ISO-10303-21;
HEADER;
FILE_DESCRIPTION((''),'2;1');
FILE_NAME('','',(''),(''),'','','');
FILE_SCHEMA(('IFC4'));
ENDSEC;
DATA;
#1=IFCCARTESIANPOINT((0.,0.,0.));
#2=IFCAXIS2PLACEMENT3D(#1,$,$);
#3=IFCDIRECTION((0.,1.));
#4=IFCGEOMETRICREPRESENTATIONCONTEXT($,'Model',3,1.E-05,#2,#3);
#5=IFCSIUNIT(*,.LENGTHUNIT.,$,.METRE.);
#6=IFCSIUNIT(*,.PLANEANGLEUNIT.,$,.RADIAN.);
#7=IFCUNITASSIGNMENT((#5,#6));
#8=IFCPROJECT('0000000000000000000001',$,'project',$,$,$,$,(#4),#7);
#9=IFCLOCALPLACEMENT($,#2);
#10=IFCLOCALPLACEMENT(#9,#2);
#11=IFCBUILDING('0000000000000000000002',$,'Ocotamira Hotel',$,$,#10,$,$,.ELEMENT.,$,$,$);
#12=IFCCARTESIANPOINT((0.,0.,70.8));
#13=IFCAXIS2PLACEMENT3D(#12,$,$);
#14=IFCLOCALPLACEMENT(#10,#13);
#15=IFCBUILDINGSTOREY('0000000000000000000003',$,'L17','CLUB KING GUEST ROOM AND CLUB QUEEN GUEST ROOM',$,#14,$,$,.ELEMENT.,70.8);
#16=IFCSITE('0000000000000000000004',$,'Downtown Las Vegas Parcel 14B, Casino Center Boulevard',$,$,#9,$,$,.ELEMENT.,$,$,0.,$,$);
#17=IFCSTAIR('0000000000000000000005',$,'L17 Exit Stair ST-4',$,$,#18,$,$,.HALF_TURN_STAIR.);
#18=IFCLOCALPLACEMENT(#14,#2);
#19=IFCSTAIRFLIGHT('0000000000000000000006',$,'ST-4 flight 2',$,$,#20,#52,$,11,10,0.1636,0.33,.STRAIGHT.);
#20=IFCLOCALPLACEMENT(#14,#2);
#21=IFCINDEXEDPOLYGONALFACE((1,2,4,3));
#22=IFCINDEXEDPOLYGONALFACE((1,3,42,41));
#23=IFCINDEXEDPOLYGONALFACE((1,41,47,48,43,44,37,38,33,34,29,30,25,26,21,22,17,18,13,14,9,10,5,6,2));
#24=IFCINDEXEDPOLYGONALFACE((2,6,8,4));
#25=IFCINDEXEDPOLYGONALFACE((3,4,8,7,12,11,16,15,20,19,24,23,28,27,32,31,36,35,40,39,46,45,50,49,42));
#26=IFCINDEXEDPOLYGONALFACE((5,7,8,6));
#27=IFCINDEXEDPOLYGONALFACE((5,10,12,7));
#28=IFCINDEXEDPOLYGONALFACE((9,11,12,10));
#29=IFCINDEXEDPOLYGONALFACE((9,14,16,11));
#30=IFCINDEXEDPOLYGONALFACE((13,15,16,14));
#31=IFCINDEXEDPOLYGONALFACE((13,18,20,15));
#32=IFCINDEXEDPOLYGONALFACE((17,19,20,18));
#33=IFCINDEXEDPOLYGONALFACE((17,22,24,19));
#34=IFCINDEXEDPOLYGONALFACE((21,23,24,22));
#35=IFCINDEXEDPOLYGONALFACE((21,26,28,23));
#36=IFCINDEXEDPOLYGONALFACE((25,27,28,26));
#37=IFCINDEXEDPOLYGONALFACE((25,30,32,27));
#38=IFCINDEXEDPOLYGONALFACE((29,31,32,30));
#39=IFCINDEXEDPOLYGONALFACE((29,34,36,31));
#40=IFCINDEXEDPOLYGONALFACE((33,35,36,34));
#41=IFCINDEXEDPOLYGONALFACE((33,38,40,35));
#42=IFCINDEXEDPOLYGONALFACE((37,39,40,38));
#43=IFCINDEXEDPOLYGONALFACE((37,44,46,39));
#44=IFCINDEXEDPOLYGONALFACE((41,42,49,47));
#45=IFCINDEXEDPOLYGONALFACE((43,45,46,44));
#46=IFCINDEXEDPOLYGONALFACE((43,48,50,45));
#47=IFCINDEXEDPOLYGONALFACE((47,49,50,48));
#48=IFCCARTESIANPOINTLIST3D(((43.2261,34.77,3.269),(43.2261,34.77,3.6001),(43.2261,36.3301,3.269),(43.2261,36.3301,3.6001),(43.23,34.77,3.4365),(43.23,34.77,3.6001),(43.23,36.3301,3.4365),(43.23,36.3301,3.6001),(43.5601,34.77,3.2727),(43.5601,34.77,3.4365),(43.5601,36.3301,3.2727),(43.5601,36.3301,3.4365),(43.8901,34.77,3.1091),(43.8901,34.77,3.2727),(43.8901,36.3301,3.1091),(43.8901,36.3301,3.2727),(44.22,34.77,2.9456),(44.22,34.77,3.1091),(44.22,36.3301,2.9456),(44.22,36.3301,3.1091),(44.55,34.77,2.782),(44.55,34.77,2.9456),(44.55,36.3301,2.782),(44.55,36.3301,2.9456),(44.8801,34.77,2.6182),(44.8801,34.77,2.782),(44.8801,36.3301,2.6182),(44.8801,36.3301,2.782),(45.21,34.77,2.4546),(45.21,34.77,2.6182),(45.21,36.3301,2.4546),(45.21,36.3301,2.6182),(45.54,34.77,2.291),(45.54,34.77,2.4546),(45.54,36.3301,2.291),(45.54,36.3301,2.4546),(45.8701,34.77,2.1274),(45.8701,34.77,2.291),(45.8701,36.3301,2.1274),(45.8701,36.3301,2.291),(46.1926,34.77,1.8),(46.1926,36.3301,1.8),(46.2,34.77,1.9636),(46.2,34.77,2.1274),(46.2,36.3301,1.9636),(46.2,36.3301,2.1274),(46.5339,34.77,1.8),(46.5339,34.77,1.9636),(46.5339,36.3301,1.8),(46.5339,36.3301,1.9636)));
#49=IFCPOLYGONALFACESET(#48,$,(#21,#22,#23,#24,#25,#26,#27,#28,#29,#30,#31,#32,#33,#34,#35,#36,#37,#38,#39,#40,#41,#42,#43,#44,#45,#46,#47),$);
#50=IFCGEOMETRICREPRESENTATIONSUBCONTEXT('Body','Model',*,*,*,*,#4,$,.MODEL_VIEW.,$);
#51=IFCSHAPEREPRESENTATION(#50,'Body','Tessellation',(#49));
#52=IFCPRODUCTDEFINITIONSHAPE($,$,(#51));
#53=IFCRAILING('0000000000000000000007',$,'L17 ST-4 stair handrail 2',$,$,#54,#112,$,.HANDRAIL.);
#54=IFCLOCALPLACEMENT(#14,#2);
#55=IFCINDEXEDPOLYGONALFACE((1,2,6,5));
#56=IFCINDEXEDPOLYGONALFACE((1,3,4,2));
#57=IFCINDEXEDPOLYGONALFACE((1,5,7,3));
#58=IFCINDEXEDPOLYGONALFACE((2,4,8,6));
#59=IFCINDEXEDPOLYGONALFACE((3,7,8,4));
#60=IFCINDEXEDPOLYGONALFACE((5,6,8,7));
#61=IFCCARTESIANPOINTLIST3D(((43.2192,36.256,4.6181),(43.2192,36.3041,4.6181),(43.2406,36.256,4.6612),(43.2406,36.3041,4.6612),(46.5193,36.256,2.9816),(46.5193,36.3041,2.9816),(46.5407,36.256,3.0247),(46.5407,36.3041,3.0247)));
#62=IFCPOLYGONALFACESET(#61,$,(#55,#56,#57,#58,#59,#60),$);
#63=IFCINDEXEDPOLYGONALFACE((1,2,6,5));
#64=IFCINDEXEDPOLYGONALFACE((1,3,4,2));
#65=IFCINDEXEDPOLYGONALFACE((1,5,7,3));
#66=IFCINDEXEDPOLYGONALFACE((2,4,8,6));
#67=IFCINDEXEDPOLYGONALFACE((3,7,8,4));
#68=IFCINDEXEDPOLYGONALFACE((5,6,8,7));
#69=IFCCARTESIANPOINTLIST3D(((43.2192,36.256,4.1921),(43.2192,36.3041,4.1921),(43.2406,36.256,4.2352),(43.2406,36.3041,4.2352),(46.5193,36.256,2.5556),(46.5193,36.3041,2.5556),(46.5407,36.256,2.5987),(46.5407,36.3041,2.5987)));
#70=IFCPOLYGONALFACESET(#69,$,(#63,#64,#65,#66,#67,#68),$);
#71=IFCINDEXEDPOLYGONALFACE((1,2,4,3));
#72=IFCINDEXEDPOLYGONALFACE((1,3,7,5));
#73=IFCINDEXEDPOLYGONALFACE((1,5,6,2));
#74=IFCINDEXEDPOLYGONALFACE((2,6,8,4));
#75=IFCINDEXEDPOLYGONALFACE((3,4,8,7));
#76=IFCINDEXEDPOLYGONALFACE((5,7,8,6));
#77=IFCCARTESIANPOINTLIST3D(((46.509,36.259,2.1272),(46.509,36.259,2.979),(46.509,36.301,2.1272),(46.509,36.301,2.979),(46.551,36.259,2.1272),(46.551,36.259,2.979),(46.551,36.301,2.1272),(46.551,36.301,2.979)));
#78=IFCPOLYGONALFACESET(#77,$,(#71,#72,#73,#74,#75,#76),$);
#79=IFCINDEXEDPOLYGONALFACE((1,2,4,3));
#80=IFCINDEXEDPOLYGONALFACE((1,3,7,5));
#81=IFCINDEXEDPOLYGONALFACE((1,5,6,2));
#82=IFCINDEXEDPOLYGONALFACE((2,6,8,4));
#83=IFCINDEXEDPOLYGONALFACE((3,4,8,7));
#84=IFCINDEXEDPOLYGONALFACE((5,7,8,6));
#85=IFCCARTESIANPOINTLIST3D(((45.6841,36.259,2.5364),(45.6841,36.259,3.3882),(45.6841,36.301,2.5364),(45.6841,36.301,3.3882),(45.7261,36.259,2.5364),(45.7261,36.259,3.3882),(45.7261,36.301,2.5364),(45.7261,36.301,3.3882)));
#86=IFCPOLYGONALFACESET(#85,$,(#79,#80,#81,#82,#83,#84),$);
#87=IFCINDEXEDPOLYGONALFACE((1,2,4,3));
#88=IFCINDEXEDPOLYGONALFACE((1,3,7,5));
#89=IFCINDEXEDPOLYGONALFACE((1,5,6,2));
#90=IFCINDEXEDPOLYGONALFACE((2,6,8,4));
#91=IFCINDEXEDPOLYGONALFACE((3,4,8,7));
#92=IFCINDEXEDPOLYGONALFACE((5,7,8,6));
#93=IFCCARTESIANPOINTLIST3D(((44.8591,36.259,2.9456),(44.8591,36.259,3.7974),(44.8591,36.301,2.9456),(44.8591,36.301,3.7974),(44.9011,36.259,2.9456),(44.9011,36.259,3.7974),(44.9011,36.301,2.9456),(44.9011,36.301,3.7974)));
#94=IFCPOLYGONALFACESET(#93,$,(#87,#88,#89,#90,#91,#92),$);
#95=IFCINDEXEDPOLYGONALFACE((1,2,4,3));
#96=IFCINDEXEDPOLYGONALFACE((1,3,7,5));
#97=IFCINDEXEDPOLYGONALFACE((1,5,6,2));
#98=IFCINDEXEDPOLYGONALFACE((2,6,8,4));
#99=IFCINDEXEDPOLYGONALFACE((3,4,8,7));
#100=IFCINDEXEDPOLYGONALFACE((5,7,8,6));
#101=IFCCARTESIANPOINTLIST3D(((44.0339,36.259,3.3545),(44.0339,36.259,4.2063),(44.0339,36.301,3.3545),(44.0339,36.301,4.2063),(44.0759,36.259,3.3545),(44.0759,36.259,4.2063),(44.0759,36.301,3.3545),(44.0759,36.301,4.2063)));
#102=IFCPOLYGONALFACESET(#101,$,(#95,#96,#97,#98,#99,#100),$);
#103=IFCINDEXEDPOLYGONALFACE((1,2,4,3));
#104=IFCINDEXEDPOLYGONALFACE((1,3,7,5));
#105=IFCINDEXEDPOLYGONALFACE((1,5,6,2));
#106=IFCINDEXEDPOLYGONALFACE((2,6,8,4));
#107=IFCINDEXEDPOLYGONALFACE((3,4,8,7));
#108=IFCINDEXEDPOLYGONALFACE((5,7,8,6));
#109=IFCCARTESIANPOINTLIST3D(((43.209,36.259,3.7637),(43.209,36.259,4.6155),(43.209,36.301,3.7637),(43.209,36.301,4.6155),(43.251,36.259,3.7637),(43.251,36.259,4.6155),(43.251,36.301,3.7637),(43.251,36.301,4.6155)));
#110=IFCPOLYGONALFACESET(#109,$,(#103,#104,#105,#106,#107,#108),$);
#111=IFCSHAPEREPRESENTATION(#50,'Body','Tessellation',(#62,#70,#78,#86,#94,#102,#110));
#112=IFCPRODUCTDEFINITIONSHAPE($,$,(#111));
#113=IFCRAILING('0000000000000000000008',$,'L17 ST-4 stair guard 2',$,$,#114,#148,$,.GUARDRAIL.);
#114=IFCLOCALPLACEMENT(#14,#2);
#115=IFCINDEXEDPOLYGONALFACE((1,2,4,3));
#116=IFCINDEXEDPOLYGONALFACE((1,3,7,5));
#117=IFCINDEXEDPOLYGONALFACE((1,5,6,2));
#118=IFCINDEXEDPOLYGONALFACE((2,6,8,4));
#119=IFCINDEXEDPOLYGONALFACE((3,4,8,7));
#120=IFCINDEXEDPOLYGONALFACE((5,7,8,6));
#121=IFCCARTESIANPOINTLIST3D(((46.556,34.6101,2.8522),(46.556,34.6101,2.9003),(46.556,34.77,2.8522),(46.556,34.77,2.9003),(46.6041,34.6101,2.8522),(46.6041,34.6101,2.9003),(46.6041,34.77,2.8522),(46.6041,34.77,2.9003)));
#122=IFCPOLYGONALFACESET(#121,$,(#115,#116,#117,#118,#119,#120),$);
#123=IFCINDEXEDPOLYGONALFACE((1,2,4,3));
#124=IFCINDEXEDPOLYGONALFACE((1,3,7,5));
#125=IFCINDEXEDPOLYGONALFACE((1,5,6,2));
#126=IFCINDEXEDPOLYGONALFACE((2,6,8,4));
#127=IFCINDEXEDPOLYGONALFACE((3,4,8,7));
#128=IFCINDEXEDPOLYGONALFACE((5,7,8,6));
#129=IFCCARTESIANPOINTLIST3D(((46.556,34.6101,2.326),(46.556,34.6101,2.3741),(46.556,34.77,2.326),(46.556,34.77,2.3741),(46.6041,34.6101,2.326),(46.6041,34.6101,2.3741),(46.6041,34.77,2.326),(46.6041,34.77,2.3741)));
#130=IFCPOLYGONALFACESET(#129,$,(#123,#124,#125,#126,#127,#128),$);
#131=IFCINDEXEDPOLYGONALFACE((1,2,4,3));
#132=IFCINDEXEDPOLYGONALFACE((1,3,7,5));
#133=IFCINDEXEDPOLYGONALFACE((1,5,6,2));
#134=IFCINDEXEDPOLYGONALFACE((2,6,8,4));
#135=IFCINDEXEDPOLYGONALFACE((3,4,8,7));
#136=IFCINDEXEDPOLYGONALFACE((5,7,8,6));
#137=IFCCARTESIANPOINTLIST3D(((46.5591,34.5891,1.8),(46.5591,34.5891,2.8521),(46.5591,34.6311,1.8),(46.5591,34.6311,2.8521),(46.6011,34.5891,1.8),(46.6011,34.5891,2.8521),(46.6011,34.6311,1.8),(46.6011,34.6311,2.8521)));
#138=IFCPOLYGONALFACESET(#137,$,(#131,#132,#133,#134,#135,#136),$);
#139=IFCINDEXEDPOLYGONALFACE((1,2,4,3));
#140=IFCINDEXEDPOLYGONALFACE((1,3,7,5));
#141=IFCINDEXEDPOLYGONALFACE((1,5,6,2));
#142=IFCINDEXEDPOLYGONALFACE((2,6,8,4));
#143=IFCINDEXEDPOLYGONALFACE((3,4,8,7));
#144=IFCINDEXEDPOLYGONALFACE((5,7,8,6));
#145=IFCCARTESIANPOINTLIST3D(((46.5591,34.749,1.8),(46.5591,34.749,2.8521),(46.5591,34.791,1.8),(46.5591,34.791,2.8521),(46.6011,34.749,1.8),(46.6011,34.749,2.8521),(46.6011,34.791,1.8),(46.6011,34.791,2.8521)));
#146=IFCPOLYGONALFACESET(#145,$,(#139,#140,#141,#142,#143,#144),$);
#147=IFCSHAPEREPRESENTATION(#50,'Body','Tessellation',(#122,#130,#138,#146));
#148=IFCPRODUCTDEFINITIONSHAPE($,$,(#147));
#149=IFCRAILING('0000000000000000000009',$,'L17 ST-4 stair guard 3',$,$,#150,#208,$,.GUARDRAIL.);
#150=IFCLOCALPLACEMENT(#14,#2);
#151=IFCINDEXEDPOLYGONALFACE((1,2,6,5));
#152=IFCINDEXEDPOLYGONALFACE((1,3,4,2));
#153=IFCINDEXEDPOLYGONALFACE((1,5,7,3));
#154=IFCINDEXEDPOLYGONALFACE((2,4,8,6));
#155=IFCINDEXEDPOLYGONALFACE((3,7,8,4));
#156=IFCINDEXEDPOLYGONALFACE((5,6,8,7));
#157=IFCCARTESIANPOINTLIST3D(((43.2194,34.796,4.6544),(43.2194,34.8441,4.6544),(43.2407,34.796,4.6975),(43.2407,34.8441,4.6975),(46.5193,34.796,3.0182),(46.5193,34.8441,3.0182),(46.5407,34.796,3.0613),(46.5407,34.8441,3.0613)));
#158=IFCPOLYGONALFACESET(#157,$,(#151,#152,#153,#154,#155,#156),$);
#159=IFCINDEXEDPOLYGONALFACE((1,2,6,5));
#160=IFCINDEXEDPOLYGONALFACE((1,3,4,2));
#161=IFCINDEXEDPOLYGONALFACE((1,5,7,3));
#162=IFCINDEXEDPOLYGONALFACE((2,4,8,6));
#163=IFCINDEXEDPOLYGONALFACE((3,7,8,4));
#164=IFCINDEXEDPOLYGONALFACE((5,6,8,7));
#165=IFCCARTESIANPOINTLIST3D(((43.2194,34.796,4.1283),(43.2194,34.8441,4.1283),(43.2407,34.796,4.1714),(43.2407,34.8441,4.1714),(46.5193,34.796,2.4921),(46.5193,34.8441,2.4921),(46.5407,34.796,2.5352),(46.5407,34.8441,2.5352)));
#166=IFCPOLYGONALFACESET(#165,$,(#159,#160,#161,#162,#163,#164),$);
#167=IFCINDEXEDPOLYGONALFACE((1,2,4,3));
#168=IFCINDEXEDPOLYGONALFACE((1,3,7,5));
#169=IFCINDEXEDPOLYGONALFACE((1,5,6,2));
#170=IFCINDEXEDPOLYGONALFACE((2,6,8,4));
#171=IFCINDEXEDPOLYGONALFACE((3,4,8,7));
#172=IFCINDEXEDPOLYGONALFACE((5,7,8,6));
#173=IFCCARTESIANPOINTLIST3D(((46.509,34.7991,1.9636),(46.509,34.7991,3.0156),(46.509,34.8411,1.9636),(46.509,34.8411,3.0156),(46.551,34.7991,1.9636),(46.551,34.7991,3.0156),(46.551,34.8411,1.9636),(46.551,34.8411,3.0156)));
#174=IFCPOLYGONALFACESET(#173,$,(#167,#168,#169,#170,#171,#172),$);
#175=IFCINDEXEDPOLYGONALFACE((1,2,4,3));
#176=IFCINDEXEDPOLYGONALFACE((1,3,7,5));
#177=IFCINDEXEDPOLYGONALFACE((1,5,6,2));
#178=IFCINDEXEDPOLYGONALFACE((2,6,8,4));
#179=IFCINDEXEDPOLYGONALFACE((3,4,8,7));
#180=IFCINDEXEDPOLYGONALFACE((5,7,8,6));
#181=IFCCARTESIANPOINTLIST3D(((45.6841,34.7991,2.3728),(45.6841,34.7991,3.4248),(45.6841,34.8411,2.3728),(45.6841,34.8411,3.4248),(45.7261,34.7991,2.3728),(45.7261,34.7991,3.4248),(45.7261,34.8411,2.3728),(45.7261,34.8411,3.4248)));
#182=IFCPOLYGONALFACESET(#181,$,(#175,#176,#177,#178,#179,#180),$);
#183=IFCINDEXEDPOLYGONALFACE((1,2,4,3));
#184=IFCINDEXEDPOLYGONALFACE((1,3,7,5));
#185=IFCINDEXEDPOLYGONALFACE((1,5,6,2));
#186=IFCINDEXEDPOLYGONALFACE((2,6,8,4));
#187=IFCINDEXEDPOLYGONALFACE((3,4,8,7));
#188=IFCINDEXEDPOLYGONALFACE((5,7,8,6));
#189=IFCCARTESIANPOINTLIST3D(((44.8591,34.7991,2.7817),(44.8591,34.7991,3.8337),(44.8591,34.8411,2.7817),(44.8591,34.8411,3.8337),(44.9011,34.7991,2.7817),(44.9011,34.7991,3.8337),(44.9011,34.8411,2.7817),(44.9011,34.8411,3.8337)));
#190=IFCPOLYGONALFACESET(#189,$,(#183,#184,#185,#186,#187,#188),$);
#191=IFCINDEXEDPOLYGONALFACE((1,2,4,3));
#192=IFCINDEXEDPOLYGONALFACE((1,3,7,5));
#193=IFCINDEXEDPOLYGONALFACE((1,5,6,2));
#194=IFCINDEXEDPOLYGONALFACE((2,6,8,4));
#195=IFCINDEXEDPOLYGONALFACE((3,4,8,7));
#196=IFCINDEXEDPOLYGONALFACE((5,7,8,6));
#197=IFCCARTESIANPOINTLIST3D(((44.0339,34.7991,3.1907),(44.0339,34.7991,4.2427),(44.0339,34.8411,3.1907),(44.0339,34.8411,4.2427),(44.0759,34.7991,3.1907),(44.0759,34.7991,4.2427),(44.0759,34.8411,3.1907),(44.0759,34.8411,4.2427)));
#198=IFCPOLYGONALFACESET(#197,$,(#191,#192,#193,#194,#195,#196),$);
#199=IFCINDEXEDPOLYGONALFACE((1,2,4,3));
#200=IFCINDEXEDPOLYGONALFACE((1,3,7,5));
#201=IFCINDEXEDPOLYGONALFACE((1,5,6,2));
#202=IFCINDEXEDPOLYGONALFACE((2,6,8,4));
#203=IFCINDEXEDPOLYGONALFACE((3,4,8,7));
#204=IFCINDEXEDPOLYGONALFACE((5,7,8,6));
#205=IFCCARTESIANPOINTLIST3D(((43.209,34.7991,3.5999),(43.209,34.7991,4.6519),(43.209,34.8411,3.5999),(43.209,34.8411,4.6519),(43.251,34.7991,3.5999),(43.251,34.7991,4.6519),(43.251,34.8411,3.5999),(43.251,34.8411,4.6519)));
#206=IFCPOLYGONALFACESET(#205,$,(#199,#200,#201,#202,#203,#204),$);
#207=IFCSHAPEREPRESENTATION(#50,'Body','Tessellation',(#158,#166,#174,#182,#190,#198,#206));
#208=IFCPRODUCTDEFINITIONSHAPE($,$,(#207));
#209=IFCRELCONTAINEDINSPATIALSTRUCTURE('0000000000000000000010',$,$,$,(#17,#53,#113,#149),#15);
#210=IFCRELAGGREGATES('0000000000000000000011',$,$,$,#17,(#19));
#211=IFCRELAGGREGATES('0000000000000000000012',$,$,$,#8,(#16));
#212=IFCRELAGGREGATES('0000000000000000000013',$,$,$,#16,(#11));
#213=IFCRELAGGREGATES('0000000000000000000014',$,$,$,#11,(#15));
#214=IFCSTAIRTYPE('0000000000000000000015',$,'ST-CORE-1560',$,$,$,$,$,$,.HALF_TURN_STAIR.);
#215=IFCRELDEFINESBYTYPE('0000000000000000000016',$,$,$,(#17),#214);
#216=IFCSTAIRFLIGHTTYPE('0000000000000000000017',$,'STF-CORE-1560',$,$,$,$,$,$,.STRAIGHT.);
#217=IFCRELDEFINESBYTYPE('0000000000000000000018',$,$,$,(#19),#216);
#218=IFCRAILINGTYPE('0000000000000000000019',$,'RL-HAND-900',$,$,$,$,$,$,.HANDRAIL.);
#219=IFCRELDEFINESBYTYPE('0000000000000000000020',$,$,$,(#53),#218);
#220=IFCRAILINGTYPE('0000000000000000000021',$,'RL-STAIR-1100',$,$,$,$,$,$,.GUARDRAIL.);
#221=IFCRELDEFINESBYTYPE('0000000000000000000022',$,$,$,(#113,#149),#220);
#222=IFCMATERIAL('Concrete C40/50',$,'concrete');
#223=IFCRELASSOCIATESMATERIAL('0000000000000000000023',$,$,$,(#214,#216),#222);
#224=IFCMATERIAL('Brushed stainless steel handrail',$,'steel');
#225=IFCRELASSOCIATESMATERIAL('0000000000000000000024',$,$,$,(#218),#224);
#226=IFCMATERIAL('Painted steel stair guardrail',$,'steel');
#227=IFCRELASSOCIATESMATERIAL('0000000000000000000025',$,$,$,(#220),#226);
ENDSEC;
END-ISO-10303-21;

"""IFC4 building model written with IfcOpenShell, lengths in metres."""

from ifc_helpers import new_model, si_unit, direction, frame, origin, origin_2d, place, context, subcontext, project, spatial, polyline, rectangle, outline, extrude, source, transform, mapped, material, type_object, element, aggregate, save


model = new_model("IFC4")

# Units and contexts
model_context = context("Model", 3, precision=1e-05, world=origin(), true_north=direction((0.0, 1.0)))
body_context = subcontext(model_context, "Body", "Model", "MODEL_VIEW")
ifc_project = project(units=[si_unit("LENGTHUNIT", "METRE"), si_unit("PLANEANGLEUNIT", "RADIAN")], contexts=[model_context])

# Site, building, storey
site_placement = place(None, origin())
site = spatial("IfcSite", under=ifc_project, at=site_placement, Name="Downtown Las Vegas Parcel 14B, Casino Center Boulevard", CompositionType="ELEMENT", RefElevation=0.0)
building_placement = place(site_placement, origin())
building = spatial("IfcBuilding", under=site, at=building_placement, Name="Ocotamira Hotel", CompositionType="ELEMENT")
storey_placement = place(building_placement, frame((0.0, 0.0, 70.8)))
storey = spatial("IfcBuildingStorey", under=building, at=storey_placement, Name="L17", Description="CLUB KING GUEST ROOM AND CLUB QUEEN GUEST ROOM", CompositionType="ELEMENT", Elevation=70.8)

# Stair, stair flight
ifc_material_1 = material(Name="Concrete C40/50", Category="concrete")
stair_type = type_object("IfcStairType", Name="ST-CORE-1560", PredefinedType="HALF_TURN_STAIR", material=ifc_material_1)
stair_placement = place(storey_placement, origin())
stair = element("IfcStair", 1, at=stair_placement, inside=storey, type_object=stair_type, Name="L17 Exit Stair ST-4", PredefinedType="HALF_TURN_STAIR")
stair_flight_type = type_object("IfcStairFlightType", Name="STF-CORE-1560", PredefinedType="STRAIGHT", material=ifc_material_1)
shared_shape_1 = source(origin(), body_context, "Body", "SweptSolid", [
    extrude(outline(polyline([(-0.0039, 0.0), (-0.0039, 0.1636), (0.3301, 0.1636), (0.3301, 0.3274), (0.6599, 0.3274), (0.6599, 0.491), (0.99, 0.491), (0.99, 0.6545), (1.3201, 0.6545), (1.3201, 0.8181), (1.6499, 0.8181), (1.6499, 0.9819), (1.98, 0.9819), (1.98, 1.1455), (2.3101, 1.1455), (2.3101, 1.3091), (2.6399, 1.3091), (2.6399, 1.4727), (2.97, 1.4727), (2.97, 1.6365), (3.3, 1.6365), (3.3, 1.8), (3.304, 1.8), (3.304, 1.469), (0.3374, 0.0), (-0.0039, 0.0)])), frame((0.0, 0.78, 0.0), z_axis=(0.0, -1.0, 0.0), x_axis=(1.0, 0.0, 0.0)), (0.0, 0.0, 1.0), 1.5601),
])
stair_flight_placement = place(storey_placement, frame((46.53, 35.55, 1.8), z_axis=(0.0, 0.0, 1.0), x_axis=(-1.0, 0.0, 0.0)))
stair_flight = element("IfcStairFlight", 2, at=stair_flight_placement, type_object=stair_flight_type, Name="ST-4 flight 2", NumberOfRisers=11, NumberOfTreads=10, PredefinedType="STRAIGHT", RiserHeight=0.1636, TreadLength=0.33, context=body_context, shape_type="MappedRepresentation", body=[
    mapped(shared_shape_1, transform((0.0, 0.0, 0.0), scale=1.0)),
])
aggregate(stair, [stair_flight])

# Railings
ifc_material_2 = material(Name="Brushed stainless steel handrail", Category="steel")
railing_type_1 = type_object("IfcRailingType", Name="RL-HAND-900", PredefinedType="HANDRAIL", material=ifc_material_2)
railing_1_placement = place(storey_placement, frame((46.53, 36.28, 2.1272)))
element("IfcRailing", 3, at=railing_1_placement, inside=storey, type_object=railing_type_1, Name="L17 ST-4 stair handrail 2", PredefinedType="HANDRAIL", context=body_context, shape_type="SweptSolid", body=[
    extrude(rectangle(XDim=0.0481, YDim=0.0481, at=origin_2d()), frame((0.0, 0.0, 0.876), z_axis=(-0.895894, 0.0, 0.444268), x_axis=(0.0, -1.0, 0.0)), (0.0, 0.0, 1.0), 3.6836),
    extrude(rectangle(XDim=0.0481, YDim=0.0481, at=origin_2d()), frame((0.0, 0.0, 0.45), z_axis=(-0.895894, 0.0, 0.444268), x_axis=(0.0, -1.0, 0.0)), (0.0, 0.0, 1.0), 3.6836),
    extrude(rectangle(XDim=0.042, YDim=0.042, at=origin_2d()), origin(), (0.0, 0.0, 1.0), 0.8518),
    extrude(rectangle(XDim=0.042, YDim=0.042, at=origin_2d()), frame((-0.825, 0.0, 0.4092)), (0.0, 0.0, 1.0), 0.8518),
    extrude(rectangle(XDim=0.042, YDim=0.042, at=origin_2d()), frame((-1.6499, 0.0, 0.8184)), (0.0, 0.0, 1.0), 0.8518),
    extrude(rectangle(XDim=0.042, YDim=0.042, at=origin_2d()), frame((-2.4751, 0.0, 1.2273)), (0.0, 0.0, 1.0), 0.8518),
    extrude(rectangle(XDim=0.042, YDim=0.042, at=origin_2d()), frame((-3.3, 0.0, 1.6365)), (0.0, 0.0, 1.0), 0.8518),
])
ifc_material_3 = material(Name="Painted steel stair guardrail", Category="steel")
railing_type_2 = type_object("IfcRailingType", Name="RL-STAIR-1100", PredefinedType="GUARDRAIL", material=ifc_material_3)
railing_2_placement = place(storey_placement, frame((46.5801, 34.6101, 1.8)))
element("IfcRailing", 4, at=railing_2_placement, inside=storey, type_object=railing_type_2, Name="L17 ST-4 stair guard 2", PredefinedType="GUARDRAIL", context=body_context, shape_type="SweptSolid", body=[
    extrude(rectangle(XDim=0.0481, YDim=0.0481, at=origin_2d()), frame((0.0, 0.0, 1.0762), z_axis=(0.0, 1.0, 0.0), x_axis=(-1.0, 0.0, 0.0)), (0.0, 0.0, 1.0), 0.1599),
    extrude(rectangle(XDim=0.0481, YDim=0.0481, at=origin_2d()), frame((0.0, 0.0, 0.55), z_axis=(0.0, 1.0, 0.0), x_axis=(-1.0, 0.0, 0.0)), (0.0, 0.0, 1.0), 0.1599),
    extrude(rectangle(XDim=0.042, YDim=0.042, at=origin_2d()), origin(), (0.0, 0.0, 1.0), 1.052),
    extrude(rectangle(XDim=0.042, YDim=0.042, at=origin_2d()), frame((0.0, 0.1599, 0.0)), (0.0, 0.0, 1.0), 1.052),
])
railing_3_placement = place(storey_placement, frame((46.53, 34.8201, 1.9636)))
element("IfcRailing", 5, at=railing_3_placement, inside=storey, type_object=railing_type_2, Name="L17 ST-4 stair guard 3", PredefinedType="GUARDRAIL", context=body_context, shape_type="SweptSolid", body=[
    extrude(rectangle(XDim=0.0481, YDim=0.0481, at=origin_2d()), frame((0.0, 0.0, 1.0762), z_axis=(-0.89592, 0.0, 0.444215), x_axis=(0.0, -1.0, 0.0)), (0.0, 0.0, 1.0), 3.6833),
    extrude(rectangle(XDim=0.0481, YDim=0.0481, at=origin_2d()), frame((0.0, 0.0, 0.55), z_axis=(-0.89592, 0.0, 0.444215), x_axis=(0.0, -1.0, 0.0)), (0.0, 0.0, 1.0), 3.6833),
    extrude(rectangle(XDim=0.042, YDim=0.042, at=origin_2d()), origin(), (0.0, 0.0, 1.0), 1.052),
    extrude(rectangle(XDim=0.042, YDim=0.042, at=origin_2d()), frame((-0.825, 0.0, 0.4092)), (0.0, 0.0, 1.0), 1.052),
    extrude(rectangle(XDim=0.042, YDim=0.042, at=origin_2d()), frame((-1.6499, 0.0, 0.8181)), (0.0, 0.0, 1.0), 1.052),
    extrude(rectangle(XDim=0.042, YDim=0.042, at=origin_2d()), frame((-2.4751, 0.0, 1.2271)), (0.0, 0.0, 1.0), 1.052),
    extrude(rectangle(XDim=0.042, YDim=0.042, at=origin_2d()), frame((-3.3, 0.0, 1.6362)), (0.0, 0.0, 1.0), 1.052),
])

save(model, "model.ifc")
